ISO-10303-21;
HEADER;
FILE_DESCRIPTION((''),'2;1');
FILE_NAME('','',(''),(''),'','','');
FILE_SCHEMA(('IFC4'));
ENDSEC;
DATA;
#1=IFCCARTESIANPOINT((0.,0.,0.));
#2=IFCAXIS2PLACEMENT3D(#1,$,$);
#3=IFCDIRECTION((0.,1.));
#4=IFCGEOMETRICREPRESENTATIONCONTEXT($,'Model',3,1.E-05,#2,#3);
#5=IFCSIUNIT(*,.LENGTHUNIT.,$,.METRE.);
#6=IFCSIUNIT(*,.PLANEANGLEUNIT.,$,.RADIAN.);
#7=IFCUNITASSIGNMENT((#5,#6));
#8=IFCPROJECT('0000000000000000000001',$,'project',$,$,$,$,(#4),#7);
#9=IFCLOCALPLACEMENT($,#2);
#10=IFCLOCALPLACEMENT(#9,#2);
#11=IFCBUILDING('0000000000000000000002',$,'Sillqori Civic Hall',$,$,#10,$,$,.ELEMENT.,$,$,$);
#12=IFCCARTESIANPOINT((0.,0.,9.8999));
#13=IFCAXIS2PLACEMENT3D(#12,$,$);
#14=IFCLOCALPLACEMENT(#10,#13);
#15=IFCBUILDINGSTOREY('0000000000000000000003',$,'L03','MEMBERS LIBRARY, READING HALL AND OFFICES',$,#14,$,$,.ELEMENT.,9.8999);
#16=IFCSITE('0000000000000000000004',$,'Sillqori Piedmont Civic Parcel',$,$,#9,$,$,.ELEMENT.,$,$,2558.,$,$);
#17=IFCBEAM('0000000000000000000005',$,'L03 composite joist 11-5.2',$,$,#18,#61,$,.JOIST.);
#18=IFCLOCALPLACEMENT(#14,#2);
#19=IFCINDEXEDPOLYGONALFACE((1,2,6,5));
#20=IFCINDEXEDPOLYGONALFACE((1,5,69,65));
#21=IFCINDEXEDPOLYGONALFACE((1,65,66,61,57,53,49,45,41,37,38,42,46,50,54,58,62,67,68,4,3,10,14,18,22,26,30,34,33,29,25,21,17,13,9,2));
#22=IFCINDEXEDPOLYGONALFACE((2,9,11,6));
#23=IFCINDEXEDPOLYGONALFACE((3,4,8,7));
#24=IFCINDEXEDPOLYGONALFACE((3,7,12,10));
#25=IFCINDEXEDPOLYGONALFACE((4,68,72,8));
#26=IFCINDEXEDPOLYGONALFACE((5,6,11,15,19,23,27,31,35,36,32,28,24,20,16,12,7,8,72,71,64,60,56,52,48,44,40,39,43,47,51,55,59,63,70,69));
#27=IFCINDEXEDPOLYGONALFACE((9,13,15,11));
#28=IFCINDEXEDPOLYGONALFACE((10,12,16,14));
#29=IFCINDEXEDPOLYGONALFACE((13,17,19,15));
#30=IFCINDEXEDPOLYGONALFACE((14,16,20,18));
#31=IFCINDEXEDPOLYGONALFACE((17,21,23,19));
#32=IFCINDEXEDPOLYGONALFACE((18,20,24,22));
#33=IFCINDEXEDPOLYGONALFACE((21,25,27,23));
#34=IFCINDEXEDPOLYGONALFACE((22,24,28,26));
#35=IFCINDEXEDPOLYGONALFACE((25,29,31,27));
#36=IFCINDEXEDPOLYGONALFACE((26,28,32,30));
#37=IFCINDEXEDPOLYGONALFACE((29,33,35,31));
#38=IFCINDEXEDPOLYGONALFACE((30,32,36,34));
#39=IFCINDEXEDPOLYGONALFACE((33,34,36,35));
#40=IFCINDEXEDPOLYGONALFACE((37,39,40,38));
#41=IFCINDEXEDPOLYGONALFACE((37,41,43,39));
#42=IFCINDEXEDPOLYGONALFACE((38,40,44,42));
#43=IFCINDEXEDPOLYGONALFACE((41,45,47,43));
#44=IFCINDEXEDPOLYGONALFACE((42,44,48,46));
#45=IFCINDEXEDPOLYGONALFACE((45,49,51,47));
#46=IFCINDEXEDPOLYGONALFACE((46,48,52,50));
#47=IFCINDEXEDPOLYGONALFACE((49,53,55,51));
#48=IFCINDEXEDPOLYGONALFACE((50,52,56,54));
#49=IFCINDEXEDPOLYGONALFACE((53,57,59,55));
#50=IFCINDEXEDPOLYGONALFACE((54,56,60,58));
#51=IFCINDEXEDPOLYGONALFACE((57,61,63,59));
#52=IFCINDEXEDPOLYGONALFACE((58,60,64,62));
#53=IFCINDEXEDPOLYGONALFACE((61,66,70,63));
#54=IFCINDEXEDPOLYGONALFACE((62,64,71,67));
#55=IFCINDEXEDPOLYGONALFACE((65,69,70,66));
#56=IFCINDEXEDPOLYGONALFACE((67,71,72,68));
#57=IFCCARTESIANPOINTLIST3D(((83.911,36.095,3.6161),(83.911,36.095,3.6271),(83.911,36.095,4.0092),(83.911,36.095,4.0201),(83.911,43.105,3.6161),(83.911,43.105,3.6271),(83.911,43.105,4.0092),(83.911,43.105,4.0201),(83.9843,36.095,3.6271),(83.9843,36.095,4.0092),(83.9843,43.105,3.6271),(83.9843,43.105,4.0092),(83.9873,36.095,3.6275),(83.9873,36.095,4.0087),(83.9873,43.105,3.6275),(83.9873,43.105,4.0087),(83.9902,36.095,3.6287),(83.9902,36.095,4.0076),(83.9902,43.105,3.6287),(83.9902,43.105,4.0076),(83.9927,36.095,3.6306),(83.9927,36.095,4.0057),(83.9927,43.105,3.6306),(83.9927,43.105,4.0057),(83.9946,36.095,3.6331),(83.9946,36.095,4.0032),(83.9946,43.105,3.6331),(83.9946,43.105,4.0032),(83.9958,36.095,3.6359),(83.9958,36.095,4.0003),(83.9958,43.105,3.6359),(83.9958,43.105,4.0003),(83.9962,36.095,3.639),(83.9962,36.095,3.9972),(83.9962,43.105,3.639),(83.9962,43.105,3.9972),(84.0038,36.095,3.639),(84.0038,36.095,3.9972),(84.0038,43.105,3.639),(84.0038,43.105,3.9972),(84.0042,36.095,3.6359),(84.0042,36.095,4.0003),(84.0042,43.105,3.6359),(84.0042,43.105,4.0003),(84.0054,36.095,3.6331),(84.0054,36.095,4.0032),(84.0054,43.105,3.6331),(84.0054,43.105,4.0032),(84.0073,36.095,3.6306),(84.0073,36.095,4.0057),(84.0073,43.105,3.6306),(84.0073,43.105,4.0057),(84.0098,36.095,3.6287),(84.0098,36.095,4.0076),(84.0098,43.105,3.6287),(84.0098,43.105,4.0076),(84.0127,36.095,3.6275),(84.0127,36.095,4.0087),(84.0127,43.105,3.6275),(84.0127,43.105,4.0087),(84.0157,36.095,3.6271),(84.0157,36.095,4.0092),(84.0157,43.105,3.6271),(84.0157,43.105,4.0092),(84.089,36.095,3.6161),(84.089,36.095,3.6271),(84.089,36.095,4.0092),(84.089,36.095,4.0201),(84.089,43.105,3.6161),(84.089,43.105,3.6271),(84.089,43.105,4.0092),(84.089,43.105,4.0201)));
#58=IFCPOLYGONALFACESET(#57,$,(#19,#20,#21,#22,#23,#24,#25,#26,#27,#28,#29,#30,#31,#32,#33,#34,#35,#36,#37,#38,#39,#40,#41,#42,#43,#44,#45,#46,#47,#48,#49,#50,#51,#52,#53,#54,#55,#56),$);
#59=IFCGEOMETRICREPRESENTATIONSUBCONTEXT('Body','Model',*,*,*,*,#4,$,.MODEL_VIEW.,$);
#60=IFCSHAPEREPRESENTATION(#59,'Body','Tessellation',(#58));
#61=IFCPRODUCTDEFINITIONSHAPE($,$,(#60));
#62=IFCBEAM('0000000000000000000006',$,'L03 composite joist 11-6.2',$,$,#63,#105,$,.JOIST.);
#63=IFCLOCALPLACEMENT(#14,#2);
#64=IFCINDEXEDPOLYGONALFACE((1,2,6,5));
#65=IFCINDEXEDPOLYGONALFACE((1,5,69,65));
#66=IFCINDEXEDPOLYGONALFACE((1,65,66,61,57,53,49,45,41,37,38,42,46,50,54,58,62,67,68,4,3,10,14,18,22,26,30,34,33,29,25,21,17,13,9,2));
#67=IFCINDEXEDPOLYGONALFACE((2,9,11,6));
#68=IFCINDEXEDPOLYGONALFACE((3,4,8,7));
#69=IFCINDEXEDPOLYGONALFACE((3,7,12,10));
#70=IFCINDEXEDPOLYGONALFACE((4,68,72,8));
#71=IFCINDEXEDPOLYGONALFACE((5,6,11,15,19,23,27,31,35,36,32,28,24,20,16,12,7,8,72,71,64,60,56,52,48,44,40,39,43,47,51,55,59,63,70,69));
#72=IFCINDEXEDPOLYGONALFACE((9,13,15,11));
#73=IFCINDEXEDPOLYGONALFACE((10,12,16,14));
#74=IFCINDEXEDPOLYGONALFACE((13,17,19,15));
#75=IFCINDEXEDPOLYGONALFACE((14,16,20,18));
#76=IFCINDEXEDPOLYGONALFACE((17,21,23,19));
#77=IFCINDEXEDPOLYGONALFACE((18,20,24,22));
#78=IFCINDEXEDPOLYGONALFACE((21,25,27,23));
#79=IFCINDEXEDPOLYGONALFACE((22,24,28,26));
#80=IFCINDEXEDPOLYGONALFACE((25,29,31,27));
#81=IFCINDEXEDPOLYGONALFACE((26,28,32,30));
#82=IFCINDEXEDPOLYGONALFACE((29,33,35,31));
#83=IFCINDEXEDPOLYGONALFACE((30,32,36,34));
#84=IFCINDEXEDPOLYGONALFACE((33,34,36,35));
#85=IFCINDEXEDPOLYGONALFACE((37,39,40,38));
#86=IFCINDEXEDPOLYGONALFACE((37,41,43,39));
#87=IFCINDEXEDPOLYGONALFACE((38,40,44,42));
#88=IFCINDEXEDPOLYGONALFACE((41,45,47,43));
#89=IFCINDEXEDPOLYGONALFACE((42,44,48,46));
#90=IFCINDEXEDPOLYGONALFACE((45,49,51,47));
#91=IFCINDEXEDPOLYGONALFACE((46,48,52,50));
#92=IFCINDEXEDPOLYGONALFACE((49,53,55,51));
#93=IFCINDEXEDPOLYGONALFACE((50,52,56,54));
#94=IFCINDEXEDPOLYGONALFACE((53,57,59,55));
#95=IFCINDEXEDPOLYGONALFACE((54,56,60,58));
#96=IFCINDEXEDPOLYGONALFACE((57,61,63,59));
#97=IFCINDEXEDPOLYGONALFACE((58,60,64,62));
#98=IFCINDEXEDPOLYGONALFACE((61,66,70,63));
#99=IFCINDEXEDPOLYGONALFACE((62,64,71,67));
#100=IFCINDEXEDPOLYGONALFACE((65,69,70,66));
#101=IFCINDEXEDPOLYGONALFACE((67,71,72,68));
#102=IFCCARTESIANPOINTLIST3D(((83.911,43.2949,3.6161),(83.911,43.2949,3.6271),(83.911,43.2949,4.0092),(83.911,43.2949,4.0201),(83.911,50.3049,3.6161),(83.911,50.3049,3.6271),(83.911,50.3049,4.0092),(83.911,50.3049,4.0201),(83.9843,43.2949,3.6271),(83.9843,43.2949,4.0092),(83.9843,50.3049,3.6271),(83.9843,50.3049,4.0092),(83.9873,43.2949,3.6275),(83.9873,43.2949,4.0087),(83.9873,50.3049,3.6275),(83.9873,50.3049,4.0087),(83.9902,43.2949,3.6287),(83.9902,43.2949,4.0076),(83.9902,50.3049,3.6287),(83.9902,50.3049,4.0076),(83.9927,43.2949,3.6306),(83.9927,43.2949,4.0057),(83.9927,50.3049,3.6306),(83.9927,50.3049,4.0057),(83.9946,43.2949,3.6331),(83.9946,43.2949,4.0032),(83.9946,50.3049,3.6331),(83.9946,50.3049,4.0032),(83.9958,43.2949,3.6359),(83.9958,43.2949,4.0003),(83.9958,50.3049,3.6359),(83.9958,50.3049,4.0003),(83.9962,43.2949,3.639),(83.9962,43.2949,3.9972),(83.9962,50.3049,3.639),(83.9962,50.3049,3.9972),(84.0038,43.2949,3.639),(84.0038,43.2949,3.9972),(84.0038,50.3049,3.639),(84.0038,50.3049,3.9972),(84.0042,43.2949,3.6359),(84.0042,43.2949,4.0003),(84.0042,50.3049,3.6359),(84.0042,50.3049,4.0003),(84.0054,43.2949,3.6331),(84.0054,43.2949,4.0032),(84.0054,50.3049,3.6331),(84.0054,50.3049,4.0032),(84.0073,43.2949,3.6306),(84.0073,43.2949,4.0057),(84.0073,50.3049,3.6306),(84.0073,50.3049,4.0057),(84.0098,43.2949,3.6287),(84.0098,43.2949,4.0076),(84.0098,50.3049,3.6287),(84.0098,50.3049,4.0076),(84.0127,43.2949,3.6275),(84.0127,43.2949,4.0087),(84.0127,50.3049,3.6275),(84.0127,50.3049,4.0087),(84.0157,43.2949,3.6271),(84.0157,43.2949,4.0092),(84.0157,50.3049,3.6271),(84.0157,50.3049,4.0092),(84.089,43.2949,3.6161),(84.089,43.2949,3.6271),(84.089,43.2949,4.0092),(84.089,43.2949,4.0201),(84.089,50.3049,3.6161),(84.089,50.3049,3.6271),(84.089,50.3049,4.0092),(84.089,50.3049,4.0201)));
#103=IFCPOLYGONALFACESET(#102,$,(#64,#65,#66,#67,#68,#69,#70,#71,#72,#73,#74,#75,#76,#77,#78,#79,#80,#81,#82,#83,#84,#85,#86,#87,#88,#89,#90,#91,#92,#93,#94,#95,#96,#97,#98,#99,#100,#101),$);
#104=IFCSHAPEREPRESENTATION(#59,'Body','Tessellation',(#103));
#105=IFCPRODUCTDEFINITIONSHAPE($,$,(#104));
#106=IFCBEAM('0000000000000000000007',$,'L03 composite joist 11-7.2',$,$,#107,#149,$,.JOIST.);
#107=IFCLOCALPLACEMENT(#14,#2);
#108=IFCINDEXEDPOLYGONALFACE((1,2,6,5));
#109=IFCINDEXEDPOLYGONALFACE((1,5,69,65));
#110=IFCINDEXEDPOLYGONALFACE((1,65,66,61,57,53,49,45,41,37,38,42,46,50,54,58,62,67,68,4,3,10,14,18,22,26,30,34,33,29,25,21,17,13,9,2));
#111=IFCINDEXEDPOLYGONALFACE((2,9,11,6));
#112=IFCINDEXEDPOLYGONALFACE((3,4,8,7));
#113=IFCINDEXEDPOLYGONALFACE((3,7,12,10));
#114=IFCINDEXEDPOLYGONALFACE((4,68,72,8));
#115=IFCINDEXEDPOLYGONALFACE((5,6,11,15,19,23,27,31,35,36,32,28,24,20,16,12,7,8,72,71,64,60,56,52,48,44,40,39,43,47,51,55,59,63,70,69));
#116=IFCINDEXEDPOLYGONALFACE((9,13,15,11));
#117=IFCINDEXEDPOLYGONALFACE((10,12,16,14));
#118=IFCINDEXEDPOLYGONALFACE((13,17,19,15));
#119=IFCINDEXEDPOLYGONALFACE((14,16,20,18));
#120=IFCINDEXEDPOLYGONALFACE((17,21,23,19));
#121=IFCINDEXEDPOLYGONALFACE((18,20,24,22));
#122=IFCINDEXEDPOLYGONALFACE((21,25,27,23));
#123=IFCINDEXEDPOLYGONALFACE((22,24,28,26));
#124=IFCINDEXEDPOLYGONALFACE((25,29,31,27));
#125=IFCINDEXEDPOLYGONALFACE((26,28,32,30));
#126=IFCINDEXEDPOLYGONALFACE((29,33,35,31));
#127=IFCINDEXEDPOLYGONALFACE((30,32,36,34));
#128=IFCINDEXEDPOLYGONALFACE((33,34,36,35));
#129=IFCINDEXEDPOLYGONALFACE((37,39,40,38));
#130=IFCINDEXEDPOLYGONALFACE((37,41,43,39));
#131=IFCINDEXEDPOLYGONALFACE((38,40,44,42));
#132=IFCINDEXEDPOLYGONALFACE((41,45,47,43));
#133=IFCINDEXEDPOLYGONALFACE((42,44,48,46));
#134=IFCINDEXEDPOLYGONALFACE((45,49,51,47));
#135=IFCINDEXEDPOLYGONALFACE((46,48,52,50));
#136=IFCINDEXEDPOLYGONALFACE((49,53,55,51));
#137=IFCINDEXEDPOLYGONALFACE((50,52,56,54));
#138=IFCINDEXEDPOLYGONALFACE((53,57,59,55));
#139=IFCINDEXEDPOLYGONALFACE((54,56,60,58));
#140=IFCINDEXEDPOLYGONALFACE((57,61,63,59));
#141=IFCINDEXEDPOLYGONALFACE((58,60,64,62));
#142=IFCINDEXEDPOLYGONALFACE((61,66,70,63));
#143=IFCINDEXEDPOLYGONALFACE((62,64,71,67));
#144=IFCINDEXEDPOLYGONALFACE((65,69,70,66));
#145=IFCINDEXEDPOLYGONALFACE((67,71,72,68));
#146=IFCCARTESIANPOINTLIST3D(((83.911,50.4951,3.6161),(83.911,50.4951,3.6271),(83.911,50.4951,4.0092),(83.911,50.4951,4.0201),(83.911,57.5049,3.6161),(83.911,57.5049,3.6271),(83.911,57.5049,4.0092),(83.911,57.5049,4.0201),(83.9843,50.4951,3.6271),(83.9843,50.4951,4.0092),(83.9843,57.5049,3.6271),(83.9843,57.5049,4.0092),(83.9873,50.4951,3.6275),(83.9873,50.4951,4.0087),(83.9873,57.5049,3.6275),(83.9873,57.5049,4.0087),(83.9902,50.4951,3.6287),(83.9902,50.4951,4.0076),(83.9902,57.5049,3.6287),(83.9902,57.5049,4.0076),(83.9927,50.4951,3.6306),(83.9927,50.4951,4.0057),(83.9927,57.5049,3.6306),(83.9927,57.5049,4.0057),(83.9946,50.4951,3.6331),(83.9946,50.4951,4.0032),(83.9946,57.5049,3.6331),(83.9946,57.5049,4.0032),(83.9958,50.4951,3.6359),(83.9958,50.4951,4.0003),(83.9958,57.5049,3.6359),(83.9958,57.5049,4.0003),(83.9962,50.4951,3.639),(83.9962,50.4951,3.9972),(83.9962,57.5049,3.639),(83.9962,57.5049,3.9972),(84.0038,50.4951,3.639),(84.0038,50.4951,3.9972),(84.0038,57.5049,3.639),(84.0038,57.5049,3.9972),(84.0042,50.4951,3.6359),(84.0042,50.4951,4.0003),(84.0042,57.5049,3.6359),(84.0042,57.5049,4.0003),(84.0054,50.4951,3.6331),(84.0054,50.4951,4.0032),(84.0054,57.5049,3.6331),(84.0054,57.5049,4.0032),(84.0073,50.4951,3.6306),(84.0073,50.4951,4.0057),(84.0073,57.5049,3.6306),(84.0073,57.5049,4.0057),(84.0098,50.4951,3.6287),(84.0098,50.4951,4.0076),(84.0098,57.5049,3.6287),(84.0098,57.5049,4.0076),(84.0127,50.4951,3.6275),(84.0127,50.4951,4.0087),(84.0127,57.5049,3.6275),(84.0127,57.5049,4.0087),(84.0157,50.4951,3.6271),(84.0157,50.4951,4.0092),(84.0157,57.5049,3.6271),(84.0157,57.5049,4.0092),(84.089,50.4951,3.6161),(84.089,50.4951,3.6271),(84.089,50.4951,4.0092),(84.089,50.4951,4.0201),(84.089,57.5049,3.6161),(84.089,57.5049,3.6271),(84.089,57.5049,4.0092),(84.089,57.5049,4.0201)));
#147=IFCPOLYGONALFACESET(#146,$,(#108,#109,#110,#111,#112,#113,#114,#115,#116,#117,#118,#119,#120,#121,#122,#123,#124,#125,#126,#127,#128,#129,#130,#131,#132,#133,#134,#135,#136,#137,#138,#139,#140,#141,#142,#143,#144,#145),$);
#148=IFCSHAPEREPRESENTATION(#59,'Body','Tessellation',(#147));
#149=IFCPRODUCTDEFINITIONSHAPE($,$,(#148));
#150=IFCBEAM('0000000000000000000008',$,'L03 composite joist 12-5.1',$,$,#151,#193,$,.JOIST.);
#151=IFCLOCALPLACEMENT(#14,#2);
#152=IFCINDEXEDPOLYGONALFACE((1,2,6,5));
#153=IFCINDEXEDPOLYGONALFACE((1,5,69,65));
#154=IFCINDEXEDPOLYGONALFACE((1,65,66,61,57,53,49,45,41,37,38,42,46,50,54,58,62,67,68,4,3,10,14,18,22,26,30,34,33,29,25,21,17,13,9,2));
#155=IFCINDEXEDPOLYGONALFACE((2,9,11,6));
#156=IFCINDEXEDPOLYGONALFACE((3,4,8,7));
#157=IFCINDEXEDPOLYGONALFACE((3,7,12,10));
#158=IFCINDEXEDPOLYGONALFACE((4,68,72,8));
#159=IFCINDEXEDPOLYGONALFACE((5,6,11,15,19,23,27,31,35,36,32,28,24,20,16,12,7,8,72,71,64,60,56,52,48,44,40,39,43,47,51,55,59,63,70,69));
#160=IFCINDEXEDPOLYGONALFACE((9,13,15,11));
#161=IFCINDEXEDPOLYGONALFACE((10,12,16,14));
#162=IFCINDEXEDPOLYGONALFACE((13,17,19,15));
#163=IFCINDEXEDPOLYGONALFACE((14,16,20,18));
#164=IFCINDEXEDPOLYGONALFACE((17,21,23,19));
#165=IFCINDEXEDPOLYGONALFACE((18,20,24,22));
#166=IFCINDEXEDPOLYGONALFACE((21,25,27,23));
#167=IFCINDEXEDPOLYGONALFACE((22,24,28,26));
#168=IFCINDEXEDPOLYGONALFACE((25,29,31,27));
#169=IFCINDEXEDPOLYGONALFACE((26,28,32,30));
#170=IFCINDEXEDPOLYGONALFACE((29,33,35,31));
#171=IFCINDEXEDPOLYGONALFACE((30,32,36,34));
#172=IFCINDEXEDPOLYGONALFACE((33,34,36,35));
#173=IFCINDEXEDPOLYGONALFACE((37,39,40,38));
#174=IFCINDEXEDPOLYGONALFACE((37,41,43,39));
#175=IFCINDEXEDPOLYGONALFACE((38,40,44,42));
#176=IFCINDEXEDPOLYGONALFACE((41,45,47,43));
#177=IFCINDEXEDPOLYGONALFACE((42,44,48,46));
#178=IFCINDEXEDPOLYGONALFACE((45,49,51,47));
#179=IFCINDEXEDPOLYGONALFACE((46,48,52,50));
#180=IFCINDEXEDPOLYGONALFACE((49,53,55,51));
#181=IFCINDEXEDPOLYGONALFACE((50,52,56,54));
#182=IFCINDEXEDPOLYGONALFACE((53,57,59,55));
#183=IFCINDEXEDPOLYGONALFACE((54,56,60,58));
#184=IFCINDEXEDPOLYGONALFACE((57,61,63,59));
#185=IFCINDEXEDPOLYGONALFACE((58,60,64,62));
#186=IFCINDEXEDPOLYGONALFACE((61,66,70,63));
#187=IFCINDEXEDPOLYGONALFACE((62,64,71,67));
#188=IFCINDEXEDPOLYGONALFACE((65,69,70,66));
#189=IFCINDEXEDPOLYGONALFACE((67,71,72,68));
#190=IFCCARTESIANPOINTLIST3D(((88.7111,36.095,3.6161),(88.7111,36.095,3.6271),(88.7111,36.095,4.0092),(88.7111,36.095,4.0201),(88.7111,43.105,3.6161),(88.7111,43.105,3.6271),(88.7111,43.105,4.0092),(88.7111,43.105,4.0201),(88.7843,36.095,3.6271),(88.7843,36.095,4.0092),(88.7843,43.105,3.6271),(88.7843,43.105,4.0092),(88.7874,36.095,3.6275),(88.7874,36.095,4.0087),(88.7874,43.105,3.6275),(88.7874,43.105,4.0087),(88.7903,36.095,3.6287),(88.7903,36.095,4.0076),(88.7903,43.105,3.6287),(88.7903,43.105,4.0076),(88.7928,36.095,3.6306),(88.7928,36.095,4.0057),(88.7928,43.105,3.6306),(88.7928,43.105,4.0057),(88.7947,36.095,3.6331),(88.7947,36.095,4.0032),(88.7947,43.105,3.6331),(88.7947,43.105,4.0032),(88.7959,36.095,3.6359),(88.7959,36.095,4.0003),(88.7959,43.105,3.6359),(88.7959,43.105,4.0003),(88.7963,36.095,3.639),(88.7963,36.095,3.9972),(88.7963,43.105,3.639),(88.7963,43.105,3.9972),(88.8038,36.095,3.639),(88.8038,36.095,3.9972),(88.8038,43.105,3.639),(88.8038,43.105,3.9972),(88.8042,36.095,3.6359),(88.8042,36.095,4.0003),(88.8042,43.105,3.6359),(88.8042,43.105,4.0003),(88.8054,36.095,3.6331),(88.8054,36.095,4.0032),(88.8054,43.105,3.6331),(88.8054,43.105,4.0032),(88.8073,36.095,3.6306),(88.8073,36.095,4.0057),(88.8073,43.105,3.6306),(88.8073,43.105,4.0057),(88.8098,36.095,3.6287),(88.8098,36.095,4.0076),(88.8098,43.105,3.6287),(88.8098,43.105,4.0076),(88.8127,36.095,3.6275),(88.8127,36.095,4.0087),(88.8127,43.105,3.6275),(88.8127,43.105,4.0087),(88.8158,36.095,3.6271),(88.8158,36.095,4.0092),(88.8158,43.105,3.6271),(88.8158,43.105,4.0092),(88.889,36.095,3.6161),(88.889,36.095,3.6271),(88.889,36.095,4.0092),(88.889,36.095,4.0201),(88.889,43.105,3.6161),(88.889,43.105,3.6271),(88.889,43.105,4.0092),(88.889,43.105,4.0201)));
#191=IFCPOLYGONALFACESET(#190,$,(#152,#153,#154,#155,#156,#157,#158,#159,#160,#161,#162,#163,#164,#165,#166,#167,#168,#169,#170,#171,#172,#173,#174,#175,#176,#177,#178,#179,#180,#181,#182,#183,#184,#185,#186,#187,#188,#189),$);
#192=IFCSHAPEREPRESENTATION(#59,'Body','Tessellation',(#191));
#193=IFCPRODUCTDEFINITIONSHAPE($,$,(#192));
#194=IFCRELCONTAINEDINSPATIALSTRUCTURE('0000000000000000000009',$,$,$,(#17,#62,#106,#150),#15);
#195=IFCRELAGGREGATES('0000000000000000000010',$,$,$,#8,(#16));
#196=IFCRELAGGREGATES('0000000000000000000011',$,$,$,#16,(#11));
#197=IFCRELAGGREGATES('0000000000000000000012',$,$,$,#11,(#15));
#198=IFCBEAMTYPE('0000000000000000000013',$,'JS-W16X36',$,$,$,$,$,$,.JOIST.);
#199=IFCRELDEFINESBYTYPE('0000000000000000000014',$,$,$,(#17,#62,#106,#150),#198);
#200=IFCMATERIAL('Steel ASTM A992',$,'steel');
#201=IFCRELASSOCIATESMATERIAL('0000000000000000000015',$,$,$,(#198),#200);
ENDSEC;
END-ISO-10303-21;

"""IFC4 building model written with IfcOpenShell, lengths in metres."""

from ifc_helpers import new_model, si_unit, direction, frame, origin, origin_2d, place, context, subcontext, project, spatial, i_section, extrude, material, material_profile, profile_set, type_object, element, save


model = new_model("IFC4")

# Units and contexts
model_context = context("Model", 3, precision=1e-05, world=origin(), true_north=direction((0.0, 1.0)))
body_context = subcontext(model_context, "Body", "Model", "MODEL_VIEW")
ifc_project = project(units=[si_unit("LENGTHUNIT", "METRE"), si_unit("PLANEANGLEUNIT", "RADIAN")], contexts=[model_context])

# Site, building, storey
site_placement = place(None, origin())
site = spatial("IfcSite", under=ifc_project, at=site_placement, Name="Sillqori Piedmont Civic Parcel", CompositionType="ELEMENT", RefElevation=2558.0)
building_placement = place(site_placement, origin())
building = spatial("IfcBuilding", under=site, at=building_placement, Name="Sillqori Civic Hall", CompositionType="ELEMENT")
storey_placement = place(building_placement, frame((0.0, 0.0, 9.8999)))
storey = spatial("IfcBuildingStorey", under=building, at=storey_placement, Name="L03", Description="MEMBERS LIBRARY, READING HALL AND OFFICES", CompositionType="ELEMENT", Elevation=9.8999)

# Shared definitions
ifc_material_1 = material(Name="Steel ASTM A992", Category="steel")

# Beams
ifc_material_profile_1 = material_profile(ifc_material_1, i_section(OverallWidth=0.178, OverallDepth=0.4041, WebThickness=0.0076, FlangeThickness=0.011, FilletRadius=0.012, at=origin_2d()), Name="W16X36")
ifc_profile_set_1 = profile_set([ifc_material_profile_1], Name="Steel ASTM A992")
beam_type_1 = type_object("IfcBeamType", Name="JS-W16X36", PredefinedType="JOIST", material=ifc_profile_set_1)
for number, where, z_axis, x_axis, name in (
    (1, (84.0, 36.095, 3.8181), (0.0, 1.0, 0.0), (-1.0, 0.0, 0.0), "L03 composite joist 11-5.2"),
    (2, (84.0, 43.2949, 3.8181), (0.0, 1.0, 0.0), (-1.0, 0.0, 0.0), "L03 composite joist 11-6.2"),
):
    element("IfcBeam", number, at=place(storey_placement, frame(where, z_axis=z_axis, x_axis=x_axis)), inside=storey, type_object=beam_type_1, Name=name, PredefinedType="JOIST", context=body_context, shape_type="SweptSolid", body=[
        extrude(i_section(OverallWidth=0.178, OverallDepth=0.4041, WebThickness=0.0076, FlangeThickness=0.011, FilletRadius=0.012, at=origin_2d()), origin(), (0.0, 0.0, 1.0), 7.01),
    ])
beam_1_placement = place(storey_placement, frame((84.0, 50.4951, 3.8181), z_axis=(0.0, 1.0, 0.0), x_axis=(-1.0, 0.0, 0.0)))
element("IfcBeam", 3, at=beam_1_placement, inside=storey, type_object=beam_type_1, Name="L03 composite joist 11-7.2", PredefinedType="JOIST", context=body_context, shape_type="SweptSolid", body=[
    extrude(i_section(OverallWidth=0.178, OverallDepth=0.4041, WebThickness=0.0076, FlangeThickness=0.011, FilletRadius=0.012, at=origin_2d()), origin(), (0.0, 0.0, 1.0), 7.0098),
])
for number, where, z_axis, x_axis, name in (
    (4, (88.8, 36.095, 3.8181), (0.0, 1.0, 0.0), (-1.0, 0.0, 0.0), "L03 composite joist 12-5.1"),
):
    element("IfcBeam", number, at=place(storey_placement, frame(where, z_axis=z_axis, x_axis=x_axis)), inside=storey, type_object=beam_type_1, Name=name, PredefinedType="JOIST", context=body_context, shape_type="SweptSolid", body=[
        extrude(i_section(OverallWidth=0.178, OverallDepth=0.4041, WebThickness=0.0076, FlangeThickness=0.011, FilletRadius=0.012, at=origin_2d()), origin(), (0.0, 0.0, 1.0), 7.01),
    ])

save(model, "model.ifc")
